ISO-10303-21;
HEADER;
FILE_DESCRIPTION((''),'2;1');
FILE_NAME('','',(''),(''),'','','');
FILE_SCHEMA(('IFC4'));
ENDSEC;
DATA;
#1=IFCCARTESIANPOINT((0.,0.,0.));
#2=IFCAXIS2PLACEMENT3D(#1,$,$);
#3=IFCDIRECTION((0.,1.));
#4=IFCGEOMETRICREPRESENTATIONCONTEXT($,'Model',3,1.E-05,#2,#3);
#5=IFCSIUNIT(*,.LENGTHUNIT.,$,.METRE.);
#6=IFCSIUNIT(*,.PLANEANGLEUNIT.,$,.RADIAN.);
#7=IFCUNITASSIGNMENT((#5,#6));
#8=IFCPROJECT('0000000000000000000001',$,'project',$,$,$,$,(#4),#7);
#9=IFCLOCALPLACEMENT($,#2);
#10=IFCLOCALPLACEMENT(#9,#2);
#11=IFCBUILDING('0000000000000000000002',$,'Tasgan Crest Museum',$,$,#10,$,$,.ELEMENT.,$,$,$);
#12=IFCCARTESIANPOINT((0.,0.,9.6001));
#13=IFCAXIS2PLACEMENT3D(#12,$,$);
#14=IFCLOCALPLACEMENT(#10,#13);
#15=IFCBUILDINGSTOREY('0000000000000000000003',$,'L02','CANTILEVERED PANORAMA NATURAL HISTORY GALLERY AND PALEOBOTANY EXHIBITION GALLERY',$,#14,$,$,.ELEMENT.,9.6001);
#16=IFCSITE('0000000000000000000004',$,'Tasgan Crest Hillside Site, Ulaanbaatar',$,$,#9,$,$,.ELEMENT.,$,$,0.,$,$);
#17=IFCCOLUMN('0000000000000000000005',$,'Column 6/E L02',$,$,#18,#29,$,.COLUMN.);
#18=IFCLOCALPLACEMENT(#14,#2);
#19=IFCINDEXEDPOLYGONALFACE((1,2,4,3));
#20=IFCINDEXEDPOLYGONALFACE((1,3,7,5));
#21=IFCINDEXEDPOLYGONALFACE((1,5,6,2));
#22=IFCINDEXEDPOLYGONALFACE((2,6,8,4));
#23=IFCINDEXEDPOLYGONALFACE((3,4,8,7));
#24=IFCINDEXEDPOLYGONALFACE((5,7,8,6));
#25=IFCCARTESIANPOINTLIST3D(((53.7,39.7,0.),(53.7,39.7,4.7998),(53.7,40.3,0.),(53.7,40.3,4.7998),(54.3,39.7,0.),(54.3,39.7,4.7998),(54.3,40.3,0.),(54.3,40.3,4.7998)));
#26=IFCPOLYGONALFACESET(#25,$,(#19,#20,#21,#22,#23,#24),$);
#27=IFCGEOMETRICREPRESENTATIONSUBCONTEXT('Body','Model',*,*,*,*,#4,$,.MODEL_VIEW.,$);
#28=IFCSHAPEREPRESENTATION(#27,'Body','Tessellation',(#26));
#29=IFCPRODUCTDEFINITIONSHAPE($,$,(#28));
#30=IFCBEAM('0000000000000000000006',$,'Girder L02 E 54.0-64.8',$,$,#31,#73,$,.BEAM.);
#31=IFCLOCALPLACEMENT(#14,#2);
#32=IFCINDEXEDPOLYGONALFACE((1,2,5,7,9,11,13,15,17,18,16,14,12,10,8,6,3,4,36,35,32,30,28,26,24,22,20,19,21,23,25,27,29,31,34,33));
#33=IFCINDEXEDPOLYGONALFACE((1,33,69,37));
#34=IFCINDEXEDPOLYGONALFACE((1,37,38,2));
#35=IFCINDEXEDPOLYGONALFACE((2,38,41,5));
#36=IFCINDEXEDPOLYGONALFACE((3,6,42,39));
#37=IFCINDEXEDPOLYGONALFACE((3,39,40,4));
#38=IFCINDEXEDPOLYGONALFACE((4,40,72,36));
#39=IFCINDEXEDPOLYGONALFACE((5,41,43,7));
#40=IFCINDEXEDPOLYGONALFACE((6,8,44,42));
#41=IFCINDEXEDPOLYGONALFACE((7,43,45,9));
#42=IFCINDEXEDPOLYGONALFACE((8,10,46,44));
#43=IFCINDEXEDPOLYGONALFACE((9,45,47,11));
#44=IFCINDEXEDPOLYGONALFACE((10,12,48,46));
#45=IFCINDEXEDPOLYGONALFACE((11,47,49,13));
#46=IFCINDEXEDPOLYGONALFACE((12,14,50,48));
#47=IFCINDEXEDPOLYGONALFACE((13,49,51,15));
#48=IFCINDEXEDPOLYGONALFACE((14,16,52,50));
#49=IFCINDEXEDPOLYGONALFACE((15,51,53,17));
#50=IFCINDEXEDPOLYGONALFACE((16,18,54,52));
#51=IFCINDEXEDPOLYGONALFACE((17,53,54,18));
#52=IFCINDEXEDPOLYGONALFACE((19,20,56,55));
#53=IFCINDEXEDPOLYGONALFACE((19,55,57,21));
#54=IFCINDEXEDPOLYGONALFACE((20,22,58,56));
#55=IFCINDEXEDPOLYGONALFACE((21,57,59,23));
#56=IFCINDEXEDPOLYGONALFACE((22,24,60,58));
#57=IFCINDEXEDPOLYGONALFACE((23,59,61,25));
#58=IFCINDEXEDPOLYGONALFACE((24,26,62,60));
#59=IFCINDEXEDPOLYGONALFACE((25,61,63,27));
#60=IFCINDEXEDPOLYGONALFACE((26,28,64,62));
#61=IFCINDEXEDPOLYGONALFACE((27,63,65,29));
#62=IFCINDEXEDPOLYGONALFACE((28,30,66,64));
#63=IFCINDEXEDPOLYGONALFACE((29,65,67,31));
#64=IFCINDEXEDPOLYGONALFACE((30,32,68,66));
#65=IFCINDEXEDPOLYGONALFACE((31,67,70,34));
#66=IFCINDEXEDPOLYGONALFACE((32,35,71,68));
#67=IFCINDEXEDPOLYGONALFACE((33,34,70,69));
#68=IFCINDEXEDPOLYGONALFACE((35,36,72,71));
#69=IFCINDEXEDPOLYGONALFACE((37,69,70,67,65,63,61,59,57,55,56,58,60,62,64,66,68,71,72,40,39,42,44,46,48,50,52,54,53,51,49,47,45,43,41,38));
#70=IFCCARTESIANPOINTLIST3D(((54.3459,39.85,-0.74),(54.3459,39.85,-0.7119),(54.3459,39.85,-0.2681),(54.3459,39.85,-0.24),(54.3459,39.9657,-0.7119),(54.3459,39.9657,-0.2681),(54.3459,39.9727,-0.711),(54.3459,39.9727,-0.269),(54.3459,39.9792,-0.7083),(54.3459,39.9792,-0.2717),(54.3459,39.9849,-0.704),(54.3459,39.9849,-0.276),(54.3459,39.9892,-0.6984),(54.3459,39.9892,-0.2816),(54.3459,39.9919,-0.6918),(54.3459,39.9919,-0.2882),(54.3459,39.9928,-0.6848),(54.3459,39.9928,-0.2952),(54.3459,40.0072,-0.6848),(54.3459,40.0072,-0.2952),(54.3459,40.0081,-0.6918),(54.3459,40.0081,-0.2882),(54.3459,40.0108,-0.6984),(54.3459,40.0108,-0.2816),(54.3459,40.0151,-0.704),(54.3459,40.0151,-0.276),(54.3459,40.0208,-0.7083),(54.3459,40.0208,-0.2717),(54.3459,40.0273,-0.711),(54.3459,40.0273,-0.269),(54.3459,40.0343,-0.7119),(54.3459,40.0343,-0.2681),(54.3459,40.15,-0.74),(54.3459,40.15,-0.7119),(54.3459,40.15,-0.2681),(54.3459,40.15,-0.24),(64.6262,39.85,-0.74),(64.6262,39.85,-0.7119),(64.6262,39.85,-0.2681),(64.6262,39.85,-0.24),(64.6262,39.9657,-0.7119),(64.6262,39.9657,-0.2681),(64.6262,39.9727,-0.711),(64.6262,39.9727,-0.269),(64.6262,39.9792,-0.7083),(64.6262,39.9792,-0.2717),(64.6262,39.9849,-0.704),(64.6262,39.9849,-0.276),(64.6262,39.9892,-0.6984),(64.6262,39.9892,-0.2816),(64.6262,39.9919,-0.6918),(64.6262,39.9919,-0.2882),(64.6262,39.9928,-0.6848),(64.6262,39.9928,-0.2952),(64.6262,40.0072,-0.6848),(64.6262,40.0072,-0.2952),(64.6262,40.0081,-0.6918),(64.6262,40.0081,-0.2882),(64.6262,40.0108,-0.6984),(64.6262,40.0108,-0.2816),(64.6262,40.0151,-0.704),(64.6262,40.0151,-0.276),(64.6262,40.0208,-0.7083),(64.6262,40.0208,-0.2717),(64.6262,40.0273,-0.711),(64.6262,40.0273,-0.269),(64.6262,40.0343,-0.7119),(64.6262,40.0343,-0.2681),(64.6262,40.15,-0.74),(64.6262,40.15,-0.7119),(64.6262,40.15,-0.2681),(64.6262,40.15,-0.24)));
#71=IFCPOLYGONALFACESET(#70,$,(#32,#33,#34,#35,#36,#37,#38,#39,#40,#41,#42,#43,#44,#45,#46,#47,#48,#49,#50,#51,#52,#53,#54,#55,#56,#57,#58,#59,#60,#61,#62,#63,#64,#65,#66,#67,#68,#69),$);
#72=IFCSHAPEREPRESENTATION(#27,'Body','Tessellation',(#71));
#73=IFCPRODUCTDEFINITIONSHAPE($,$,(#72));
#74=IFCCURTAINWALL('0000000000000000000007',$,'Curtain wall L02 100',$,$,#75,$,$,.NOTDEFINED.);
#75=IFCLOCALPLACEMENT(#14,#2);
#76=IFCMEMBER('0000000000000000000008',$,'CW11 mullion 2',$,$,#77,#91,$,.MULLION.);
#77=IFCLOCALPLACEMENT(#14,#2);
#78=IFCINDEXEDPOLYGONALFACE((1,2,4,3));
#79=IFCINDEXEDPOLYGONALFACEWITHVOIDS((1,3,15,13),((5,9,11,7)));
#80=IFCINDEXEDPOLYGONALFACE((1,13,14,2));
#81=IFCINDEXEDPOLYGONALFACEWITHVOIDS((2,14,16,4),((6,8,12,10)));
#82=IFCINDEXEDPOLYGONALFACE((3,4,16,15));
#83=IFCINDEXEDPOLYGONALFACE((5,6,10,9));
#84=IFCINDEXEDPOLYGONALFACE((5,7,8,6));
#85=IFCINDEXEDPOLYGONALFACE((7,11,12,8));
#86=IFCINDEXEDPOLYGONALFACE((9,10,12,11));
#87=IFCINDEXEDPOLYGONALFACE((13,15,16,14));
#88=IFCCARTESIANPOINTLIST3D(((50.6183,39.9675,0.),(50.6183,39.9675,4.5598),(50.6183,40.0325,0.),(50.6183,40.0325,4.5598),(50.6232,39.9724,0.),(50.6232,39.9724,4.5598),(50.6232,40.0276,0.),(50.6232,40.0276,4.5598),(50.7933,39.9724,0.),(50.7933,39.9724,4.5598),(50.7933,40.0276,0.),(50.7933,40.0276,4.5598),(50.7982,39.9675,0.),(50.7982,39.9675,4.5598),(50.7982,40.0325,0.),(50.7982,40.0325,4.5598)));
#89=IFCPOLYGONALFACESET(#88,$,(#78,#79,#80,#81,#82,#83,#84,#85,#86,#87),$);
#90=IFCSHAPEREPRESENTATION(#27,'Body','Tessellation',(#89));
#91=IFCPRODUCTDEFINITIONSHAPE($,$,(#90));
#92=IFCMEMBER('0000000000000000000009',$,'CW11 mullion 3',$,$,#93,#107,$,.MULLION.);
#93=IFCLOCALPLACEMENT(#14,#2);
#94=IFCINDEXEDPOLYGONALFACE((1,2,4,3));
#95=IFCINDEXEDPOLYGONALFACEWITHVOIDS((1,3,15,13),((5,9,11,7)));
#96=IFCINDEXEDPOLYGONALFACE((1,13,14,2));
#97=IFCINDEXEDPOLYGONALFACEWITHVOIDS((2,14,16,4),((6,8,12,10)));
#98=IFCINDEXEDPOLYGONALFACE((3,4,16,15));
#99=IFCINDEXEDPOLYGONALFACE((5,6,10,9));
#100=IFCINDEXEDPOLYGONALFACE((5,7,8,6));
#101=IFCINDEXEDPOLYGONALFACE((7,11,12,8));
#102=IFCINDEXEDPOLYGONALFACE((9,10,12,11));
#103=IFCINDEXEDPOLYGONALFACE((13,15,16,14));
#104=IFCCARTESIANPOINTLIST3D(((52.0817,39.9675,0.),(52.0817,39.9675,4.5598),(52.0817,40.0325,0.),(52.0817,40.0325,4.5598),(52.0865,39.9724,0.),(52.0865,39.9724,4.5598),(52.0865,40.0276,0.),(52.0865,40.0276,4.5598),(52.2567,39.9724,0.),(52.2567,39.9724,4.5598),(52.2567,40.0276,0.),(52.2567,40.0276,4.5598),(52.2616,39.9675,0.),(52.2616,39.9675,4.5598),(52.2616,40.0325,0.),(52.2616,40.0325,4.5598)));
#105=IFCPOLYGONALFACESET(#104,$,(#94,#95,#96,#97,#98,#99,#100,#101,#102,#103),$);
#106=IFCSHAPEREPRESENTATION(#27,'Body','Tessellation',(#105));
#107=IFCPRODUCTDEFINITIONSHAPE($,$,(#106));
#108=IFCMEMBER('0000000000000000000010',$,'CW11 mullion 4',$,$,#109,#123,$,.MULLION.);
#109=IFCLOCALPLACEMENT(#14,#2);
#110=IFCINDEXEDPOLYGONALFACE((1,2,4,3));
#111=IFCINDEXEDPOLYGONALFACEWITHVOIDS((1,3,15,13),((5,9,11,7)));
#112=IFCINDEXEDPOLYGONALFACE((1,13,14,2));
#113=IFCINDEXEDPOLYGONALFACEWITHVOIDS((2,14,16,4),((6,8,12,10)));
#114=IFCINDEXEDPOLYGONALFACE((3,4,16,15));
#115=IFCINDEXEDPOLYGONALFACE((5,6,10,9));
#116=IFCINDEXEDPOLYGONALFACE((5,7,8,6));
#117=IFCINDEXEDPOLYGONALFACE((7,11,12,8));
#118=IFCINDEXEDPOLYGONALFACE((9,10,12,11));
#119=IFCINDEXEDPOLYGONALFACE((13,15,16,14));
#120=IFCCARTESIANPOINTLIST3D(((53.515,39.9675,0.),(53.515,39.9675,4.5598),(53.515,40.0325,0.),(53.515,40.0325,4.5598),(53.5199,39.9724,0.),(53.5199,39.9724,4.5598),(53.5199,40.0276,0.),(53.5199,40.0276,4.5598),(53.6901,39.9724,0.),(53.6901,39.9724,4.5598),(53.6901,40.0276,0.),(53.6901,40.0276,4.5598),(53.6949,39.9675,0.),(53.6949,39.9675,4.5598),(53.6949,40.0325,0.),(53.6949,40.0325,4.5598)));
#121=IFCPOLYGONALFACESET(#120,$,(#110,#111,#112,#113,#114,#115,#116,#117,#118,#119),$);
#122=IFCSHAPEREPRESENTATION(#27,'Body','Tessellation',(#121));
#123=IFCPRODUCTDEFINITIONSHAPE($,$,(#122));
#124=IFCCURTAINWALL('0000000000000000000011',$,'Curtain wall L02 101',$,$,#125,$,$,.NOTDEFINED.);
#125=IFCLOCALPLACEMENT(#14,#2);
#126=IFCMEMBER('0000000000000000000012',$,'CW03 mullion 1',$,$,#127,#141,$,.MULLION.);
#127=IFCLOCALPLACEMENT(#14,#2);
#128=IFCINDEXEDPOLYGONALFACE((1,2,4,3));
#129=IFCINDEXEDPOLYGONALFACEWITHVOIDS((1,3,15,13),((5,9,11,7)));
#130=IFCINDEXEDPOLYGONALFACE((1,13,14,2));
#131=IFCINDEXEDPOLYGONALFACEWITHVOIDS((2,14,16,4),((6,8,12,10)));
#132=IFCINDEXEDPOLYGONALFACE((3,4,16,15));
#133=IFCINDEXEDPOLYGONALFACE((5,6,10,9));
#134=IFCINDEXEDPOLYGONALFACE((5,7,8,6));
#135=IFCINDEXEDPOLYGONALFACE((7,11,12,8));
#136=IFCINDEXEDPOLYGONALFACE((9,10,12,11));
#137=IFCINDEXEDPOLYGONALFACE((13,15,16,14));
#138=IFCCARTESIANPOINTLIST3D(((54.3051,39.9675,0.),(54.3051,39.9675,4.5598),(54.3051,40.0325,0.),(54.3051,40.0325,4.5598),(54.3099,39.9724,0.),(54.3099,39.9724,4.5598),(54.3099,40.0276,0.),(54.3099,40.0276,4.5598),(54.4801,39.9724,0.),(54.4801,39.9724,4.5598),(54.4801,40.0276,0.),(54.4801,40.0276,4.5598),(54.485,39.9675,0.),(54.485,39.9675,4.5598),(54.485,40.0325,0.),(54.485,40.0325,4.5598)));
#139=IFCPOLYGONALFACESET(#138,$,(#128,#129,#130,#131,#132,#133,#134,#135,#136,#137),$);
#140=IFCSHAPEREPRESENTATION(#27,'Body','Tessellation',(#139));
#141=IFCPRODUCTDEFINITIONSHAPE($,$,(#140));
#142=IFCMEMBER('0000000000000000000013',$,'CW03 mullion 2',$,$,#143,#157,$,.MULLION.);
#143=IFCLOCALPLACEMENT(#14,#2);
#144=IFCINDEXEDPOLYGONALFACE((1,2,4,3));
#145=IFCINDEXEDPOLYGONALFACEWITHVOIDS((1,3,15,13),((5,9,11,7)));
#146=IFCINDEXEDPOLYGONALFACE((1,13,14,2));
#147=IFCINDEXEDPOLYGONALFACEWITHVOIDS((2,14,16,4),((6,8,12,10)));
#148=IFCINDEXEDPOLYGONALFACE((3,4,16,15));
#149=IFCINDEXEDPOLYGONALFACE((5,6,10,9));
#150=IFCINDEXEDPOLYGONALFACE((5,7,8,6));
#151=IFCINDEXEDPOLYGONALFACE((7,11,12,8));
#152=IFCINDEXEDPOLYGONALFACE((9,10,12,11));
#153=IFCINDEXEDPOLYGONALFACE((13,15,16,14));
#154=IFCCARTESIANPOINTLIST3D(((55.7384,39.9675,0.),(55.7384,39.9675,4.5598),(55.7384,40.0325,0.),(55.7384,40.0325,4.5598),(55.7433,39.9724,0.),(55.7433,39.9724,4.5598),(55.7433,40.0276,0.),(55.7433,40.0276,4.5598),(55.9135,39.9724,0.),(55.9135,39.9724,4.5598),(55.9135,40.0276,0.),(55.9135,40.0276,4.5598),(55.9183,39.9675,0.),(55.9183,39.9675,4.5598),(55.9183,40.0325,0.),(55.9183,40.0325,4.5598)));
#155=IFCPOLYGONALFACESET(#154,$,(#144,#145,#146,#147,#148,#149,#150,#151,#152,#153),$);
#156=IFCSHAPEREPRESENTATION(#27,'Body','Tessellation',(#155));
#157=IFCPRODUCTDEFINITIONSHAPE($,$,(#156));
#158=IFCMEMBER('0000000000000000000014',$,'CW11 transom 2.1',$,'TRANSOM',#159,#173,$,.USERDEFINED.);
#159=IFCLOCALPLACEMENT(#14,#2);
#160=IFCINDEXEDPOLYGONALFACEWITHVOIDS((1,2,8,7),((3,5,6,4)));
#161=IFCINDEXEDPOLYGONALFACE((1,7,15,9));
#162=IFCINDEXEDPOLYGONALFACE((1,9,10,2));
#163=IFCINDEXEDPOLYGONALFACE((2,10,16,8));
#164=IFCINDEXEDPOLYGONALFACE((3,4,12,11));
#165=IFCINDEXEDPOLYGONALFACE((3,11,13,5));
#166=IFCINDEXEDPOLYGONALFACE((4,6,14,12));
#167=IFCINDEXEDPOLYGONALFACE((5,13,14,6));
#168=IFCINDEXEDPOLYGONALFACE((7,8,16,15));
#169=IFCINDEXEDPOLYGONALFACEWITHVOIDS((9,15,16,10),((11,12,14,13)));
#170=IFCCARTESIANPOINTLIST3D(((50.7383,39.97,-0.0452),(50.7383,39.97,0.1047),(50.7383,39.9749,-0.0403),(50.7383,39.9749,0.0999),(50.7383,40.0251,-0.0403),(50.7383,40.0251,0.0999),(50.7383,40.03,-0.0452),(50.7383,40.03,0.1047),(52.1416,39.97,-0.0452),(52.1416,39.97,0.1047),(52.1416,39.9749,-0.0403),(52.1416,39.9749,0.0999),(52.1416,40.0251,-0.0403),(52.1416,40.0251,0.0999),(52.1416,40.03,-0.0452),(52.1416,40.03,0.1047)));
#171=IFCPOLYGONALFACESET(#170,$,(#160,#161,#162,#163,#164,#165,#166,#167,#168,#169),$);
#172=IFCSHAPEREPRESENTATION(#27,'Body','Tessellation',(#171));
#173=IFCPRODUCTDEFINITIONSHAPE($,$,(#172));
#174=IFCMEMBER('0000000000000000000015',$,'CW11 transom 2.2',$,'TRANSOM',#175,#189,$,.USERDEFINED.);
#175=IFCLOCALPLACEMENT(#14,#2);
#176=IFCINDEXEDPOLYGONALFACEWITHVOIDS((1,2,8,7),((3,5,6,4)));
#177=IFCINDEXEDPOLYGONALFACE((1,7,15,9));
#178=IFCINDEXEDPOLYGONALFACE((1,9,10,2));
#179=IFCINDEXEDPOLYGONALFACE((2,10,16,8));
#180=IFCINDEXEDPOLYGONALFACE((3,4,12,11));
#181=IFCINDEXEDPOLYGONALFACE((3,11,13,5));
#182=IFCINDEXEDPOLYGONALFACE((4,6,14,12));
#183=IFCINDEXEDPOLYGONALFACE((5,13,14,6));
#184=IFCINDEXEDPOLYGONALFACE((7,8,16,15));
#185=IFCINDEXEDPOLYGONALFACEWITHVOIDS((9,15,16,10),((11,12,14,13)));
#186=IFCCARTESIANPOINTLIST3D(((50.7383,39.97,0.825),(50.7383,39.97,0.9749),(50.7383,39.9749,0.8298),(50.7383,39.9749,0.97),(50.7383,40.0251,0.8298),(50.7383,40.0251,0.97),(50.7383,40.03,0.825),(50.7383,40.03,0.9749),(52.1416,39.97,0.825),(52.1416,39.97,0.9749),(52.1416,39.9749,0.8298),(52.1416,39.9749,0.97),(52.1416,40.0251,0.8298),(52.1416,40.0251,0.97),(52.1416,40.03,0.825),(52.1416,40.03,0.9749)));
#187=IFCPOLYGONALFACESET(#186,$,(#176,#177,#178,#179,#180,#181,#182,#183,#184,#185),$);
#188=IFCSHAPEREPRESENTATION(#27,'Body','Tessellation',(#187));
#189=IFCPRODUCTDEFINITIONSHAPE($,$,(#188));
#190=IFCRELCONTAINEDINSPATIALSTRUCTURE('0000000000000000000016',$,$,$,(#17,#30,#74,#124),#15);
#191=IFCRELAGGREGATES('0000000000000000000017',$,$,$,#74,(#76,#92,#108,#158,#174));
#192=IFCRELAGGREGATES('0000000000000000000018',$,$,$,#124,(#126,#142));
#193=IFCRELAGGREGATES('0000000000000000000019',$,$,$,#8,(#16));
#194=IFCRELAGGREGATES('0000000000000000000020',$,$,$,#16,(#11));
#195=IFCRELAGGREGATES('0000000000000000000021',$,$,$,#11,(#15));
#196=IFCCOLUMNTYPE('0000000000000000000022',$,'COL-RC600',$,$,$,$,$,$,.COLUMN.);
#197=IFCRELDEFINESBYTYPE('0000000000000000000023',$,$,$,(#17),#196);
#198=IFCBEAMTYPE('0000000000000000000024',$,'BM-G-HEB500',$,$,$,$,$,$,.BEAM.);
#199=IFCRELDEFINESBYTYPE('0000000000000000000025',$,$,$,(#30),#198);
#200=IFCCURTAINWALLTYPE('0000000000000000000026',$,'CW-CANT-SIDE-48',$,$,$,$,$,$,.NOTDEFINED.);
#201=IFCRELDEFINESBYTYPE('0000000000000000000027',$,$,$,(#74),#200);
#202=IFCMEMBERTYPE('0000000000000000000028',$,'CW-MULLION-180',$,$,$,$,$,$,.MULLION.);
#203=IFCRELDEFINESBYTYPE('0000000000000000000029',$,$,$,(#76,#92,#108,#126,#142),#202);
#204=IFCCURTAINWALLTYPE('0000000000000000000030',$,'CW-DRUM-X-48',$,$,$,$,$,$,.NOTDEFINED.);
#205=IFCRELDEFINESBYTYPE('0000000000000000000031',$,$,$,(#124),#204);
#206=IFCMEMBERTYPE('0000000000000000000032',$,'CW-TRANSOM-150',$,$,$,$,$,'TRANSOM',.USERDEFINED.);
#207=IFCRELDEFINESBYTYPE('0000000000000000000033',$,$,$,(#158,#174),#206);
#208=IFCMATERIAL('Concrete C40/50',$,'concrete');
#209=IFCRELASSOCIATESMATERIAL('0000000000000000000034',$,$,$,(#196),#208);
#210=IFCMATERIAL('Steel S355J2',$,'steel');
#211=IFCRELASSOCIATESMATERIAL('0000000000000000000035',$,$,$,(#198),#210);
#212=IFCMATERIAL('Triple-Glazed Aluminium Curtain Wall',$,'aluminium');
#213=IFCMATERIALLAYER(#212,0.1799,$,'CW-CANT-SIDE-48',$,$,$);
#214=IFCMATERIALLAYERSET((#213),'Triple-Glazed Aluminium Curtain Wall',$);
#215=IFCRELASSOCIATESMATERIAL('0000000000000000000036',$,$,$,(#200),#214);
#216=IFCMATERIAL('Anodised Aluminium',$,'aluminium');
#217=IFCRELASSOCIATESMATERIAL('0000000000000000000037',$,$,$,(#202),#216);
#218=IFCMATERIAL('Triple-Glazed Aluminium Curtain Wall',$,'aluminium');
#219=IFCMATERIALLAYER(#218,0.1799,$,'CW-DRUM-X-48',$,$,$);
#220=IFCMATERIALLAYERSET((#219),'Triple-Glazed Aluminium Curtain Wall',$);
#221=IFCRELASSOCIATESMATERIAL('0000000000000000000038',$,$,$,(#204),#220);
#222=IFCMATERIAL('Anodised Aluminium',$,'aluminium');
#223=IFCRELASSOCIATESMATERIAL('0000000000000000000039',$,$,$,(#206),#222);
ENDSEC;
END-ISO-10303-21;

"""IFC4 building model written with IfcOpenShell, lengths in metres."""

from ifc_helpers import new_model, si_unit, direction, frame, origin, origin_2d, place, context, subcontext, project, spatial, rectangle, hollow_rectangle, i_section, extrude, material, layer, layer_set, material_profile, profile_set, type_object, element, aggregate, save


model = new_model("IFC4")

# Units and contexts
model_context = context("Model", 3, precision=1e-05, world=origin(), true_north=direction((0.0, 1.0)))
body_context = subcontext(model_context, "Body", "Model", "MODEL_VIEW")
ifc_project = project(units=[si_unit("LENGTHUNIT", "METRE"), si_unit("PLANEANGLEUNIT", "RADIAN")], contexts=[model_context])

# Site, building, storey
site_placement = place(None, origin())
site = spatial("IfcSite", under=ifc_project, at=site_placement, Name="Tasgan Crest Hillside Site, Ulaanbaatar", CompositionType="ELEMENT", RefElevation=0.0)
building_placement = place(site_placement, origin())
building = spatial("IfcBuilding", under=site, at=building_placement, Name="Tasgan Crest Museum", CompositionType="ELEMENT")
storey_placement = place(building_placement, frame((0.0, 0.0, 9.6001)))
storey = spatial("IfcBuildingStorey", under=building, at=storey_placement, Name="L02", Description="CANTILEVERED PANORAMA NATURAL HISTORY GALLERY AND PALEOBOTANY EXHIBITION GALLERY", CompositionType="ELEMENT", Elevation=9.6001)

# Column
ifc_material_1 = material(Name="Concrete C40/50", Category="concrete")
ifc_material_profile_1 = material_profile(ifc_material_1, rectangle(XDim=0.6001, YDim=0.6001, at=origin_2d()), Name="RC 600x600")
ifc_profile_set_1 = profile_set([ifc_material_profile_1], Name="Concrete C40/50")
column_type = type_object("IfcColumnType", Name="COL-RC600", PredefinedType="COLUMN", material=ifc_profile_set_1)
column_placement = place(storey_placement, frame((54.0, 40.0, 0.0), z_axis=(0.0, 0.0, 1.0), x_axis=(1.0, 0.0, 0.0)))
element("IfcColumn", 1, at=column_placement, inside=storey, type_object=column_type, Name="Column 6/E L02", PredefinedType="COLUMN", context=body_context, shape_type="SweptSolid", body=[
    extrude(rectangle(XDim=0.6001, YDim=0.6001, at=origin_2d()), origin(), (0.0, 0.0, 1.0), 4.7998),
])

# Beam
ifc_material_2 = material(Name="Steel S355J2", Category="steel")
ifc_material_profile_2 = material_profile(ifc_material_2, i_section(OverallWidth=0.3, OverallDepth=0.5, WebThickness=0.0144, FlangeThickness=0.0281, FilletRadius=0.0271, at=origin_2d()), Name="HEB 500")
ifc_profile_set_2 = profile_set([ifc_material_profile_2], Name="Steel S355J2")
beam_type = type_object("IfcBeamType", Name="BM-G-HEB500", PredefinedType="BEAM", material=ifc_profile_set_2)
beam_placement = place(storey_placement, frame((54.3459, 40.0, -0.49), z_axis=(1.0, 0.0, 0.0), x_axis=(0.0, 1.0, 0.0)))
element("IfcBeam", 2, at=beam_placement, inside=storey, type_object=beam_type, Name="Girder L02 E 54.0-64.8", PredefinedType="BEAM", context=body_context, shape_type="SweptSolid", body=[
    extrude(i_section(OverallWidth=0.3, OverallDepth=0.5, WebThickness=0.0144, FlangeThickness=0.0281, FilletRadius=0.0271, at=origin_2d()), origin(), (0.0, 0.0, 1.0), 10.2803),
])

# Curtain walls, members
ifc_material_3 = material(Name="Triple-Glazed Aluminium Curtain Wall", Category="aluminium")
ifc_layer_1 = layer(ifc_material_3, 0.1799, Name="CW-CANT-SIDE-48")
ifc_layer_set_1 = layer_set([ifc_layer_1], Name="Triple-Glazed Aluminium Curtain Wall")
curtain_wall_type_1 = type_object("IfcCurtainWallType", Name="CW-CANT-SIDE-48", PredefinedType="NOTDEFINED", material=ifc_layer_set_1)
curtain_wall_1_placement = place(storey_placement, origin())
curtain_wall_1 = element("IfcCurtainWall", 3, at=curtain_wall_1_placement, inside=storey, type_object=curtain_wall_type_1, Name="Curtain wall L02 100", PredefinedType="NOTDEFINED")
ifc_material_4 = material(Name="Anodised Aluminium", Category="aluminium")
ifc_material_profile_3 = material_profile(ifc_material_4, hollow_rectangle(XDim=0.0649, YDim=0.1799, WallThickness=0.0049, at=origin_2d()), Name="ALU MULLION 180x65x5")
ifc_profile_set_3 = profile_set([ifc_material_profile_3], Name="Anodised Aluminium")
member_type_1 = type_object("IfcMemberType", Name="CW-MULLION-180", PredefinedType="MULLION", material=ifc_profile_set_3)
member_1_placement = place(storey_placement, frame((50.7083, 40.0, 0.0), z_axis=(0.0, 0.0, 1.0), x_axis=(0.0, 1.0, 0.0)))
member_1 = element("IfcMember", 4, at=member_1_placement, type_object=member_type_1, Name="CW11 mullion 2", PredefinedType="MULLION", context=body_context, shape_type="SweptSolid", body=[
    extrude(hollow_rectangle(XDim=0.0649, YDim=0.1799, WallThickness=0.0049, at=origin_2d()), origin(), (0.0, 0.0, 1.0), 4.5598),
])
member_2_placement = place(storey_placement, frame((52.1716, 40.0, 0.0), z_axis=(0.0, 0.0, 1.0), x_axis=(0.0, 1.0, 0.0)))
member_2 = element("IfcMember", 5, at=member_2_placement, type_object=member_type_1, Name="CW11 mullion 3", PredefinedType="MULLION", context=body_context, shape_type="SweptSolid", body=[
    extrude(hollow_rectangle(XDim=0.0649, YDim=0.1799, WallThickness=0.0049, at=origin_2d()), origin(), (0.0, 0.0, 1.0), 4.5598),
])
member_3_placement = place(storey_placement, frame((53.605, 40.0, 0.0), z_axis=(0.0, 0.0, 1.0), x_axis=(0.0, 1.0, 0.0)))
member_3 = element("IfcMember", 6, at=member_3_placement, type_object=member_type_1, Name="CW11 mullion 4", PredefinedType="MULLION", context=body_context, shape_type="SweptSolid", body=[
    extrude(hollow_rectangle(XDim=0.0649, YDim=0.1799, WallThickness=0.0049, at=origin_2d()), origin(), (0.0, 0.0, 1.0), 4.5598),
])
ifc_material_5 = material(Name="Triple-Glazed Aluminium Curtain Wall", Category="aluminium")
ifc_layer_2 = layer(ifc_material_5, 0.1799, Name="CW-DRUM-X-48")
ifc_layer_set_2 = layer_set([ifc_layer_2], Name="Triple-Glazed Aluminium Curtain Wall")
curtain_wall_type_2 = type_object("IfcCurtainWallType", Name="CW-DRUM-X-48", PredefinedType="NOTDEFINED", material=ifc_layer_set_2)
curtain_wall_2_placement = place(storey_placement, origin())
curtain_wall_2 = element("IfcCurtainWall", 7, at=curtain_wall_2_placement, inside=storey, type_object=curtain_wall_type_2, Name="Curtain wall L02 101", PredefinedType="NOTDEFINED")
member_4_placement = place(storey_placement, frame((54.395, 40.0, 0.0), z_axis=(0.0, 0.0, 1.0), x_axis=(0.0, 1.0, 0.0)))
member_4 = element("IfcMember", 8, at=member_4_placement, type_object=member_type_1, Name="CW03 mullion 1", PredefinedType="MULLION", context=body_context, shape_type="SweptSolid", body=[
    extrude(hollow_rectangle(XDim=0.0649, YDim=0.1799, WallThickness=0.0049, at=origin_2d()), origin(), (0.0, 0.0, 1.0), 4.5598),
])
member_5_placement = place(storey_placement, frame((55.8284, 40.0, 0.0), z_axis=(0.0, 0.0, 1.0), x_axis=(0.0, 1.0, 0.0)))
member_5 = element("IfcMember", 9, at=member_5_placement, type_object=member_type_1, Name="CW03 mullion 2", PredefinedType="MULLION", context=body_context, shape_type="SweptSolid", body=[
    extrude(hollow_rectangle(XDim=0.0649, YDim=0.1799, WallThickness=0.0049, at=origin_2d()), origin(), (0.0, 0.0, 1.0), 4.5598),
])

# Members
ifc_material_6 = material(Name="Anodised Aluminium", Category="aluminium")
ifc_material_profile_4 = material_profile(ifc_material_6, hollow_rectangle(XDim=0.0601, YDim=0.1499, WallThickness=0.0049, at=origin_2d()), Name="ALU TRANSOM 150x60x5")
ifc_profile_set_4 = profile_set([ifc_material_profile_4], Name="Anodised Aluminium")
member_type_2 = type_object("IfcMemberType", Name="CW-TRANSOM-150", ElementType="TRANSOM", PredefinedType="USERDEFINED", material=ifc_profile_set_4)
member_6_placement = place(storey_placement, frame((50.7383, 40.0, 0.0298), z_axis=(1.0, 0.0, 0.0), x_axis=(0.0, 1.0, 0.0)))
member_6 = element("IfcMember", 10, at=member_6_placement, type_object=member_type_2, Name="CW11 transom 2.1", ObjectType="TRANSOM", PredefinedType="USERDEFINED", context=body_context, shape_type="SweptSolid", body=[
    extrude(hollow_rectangle(XDim=0.0601, YDim=0.1499, WallThickness=0.0049, at=origin_2d()), origin(), (0.0, 0.0, 1.0), 1.4033),
])
member_7_placement = place(storey_placement, frame((50.7383, 40.0, 0.8999), z_axis=(1.0, 0.0, 0.0), x_axis=(0.0, 1.0, 0.0)))
member_7 = element("IfcMember", 11, at=member_7_placement, type_object=member_type_2, Name="CW11 transom 2.2", ObjectType="TRANSOM", PredefinedType="USERDEFINED", context=body_context, shape_type="SweptSolid", body=[
    extrude(hollow_rectangle(XDim=0.0601, YDim=0.1499, WallThickness=0.0049, at=origin_2d()), origin(), (0.0, 0.0, 1.0), 1.4033),
])

aggregate(curtain_wall_1, [member_1, member_2, member_3, member_6, member_7])
aggregate(curtain_wall_2, [member_4, member_5])

save(model, "model.ifc")
